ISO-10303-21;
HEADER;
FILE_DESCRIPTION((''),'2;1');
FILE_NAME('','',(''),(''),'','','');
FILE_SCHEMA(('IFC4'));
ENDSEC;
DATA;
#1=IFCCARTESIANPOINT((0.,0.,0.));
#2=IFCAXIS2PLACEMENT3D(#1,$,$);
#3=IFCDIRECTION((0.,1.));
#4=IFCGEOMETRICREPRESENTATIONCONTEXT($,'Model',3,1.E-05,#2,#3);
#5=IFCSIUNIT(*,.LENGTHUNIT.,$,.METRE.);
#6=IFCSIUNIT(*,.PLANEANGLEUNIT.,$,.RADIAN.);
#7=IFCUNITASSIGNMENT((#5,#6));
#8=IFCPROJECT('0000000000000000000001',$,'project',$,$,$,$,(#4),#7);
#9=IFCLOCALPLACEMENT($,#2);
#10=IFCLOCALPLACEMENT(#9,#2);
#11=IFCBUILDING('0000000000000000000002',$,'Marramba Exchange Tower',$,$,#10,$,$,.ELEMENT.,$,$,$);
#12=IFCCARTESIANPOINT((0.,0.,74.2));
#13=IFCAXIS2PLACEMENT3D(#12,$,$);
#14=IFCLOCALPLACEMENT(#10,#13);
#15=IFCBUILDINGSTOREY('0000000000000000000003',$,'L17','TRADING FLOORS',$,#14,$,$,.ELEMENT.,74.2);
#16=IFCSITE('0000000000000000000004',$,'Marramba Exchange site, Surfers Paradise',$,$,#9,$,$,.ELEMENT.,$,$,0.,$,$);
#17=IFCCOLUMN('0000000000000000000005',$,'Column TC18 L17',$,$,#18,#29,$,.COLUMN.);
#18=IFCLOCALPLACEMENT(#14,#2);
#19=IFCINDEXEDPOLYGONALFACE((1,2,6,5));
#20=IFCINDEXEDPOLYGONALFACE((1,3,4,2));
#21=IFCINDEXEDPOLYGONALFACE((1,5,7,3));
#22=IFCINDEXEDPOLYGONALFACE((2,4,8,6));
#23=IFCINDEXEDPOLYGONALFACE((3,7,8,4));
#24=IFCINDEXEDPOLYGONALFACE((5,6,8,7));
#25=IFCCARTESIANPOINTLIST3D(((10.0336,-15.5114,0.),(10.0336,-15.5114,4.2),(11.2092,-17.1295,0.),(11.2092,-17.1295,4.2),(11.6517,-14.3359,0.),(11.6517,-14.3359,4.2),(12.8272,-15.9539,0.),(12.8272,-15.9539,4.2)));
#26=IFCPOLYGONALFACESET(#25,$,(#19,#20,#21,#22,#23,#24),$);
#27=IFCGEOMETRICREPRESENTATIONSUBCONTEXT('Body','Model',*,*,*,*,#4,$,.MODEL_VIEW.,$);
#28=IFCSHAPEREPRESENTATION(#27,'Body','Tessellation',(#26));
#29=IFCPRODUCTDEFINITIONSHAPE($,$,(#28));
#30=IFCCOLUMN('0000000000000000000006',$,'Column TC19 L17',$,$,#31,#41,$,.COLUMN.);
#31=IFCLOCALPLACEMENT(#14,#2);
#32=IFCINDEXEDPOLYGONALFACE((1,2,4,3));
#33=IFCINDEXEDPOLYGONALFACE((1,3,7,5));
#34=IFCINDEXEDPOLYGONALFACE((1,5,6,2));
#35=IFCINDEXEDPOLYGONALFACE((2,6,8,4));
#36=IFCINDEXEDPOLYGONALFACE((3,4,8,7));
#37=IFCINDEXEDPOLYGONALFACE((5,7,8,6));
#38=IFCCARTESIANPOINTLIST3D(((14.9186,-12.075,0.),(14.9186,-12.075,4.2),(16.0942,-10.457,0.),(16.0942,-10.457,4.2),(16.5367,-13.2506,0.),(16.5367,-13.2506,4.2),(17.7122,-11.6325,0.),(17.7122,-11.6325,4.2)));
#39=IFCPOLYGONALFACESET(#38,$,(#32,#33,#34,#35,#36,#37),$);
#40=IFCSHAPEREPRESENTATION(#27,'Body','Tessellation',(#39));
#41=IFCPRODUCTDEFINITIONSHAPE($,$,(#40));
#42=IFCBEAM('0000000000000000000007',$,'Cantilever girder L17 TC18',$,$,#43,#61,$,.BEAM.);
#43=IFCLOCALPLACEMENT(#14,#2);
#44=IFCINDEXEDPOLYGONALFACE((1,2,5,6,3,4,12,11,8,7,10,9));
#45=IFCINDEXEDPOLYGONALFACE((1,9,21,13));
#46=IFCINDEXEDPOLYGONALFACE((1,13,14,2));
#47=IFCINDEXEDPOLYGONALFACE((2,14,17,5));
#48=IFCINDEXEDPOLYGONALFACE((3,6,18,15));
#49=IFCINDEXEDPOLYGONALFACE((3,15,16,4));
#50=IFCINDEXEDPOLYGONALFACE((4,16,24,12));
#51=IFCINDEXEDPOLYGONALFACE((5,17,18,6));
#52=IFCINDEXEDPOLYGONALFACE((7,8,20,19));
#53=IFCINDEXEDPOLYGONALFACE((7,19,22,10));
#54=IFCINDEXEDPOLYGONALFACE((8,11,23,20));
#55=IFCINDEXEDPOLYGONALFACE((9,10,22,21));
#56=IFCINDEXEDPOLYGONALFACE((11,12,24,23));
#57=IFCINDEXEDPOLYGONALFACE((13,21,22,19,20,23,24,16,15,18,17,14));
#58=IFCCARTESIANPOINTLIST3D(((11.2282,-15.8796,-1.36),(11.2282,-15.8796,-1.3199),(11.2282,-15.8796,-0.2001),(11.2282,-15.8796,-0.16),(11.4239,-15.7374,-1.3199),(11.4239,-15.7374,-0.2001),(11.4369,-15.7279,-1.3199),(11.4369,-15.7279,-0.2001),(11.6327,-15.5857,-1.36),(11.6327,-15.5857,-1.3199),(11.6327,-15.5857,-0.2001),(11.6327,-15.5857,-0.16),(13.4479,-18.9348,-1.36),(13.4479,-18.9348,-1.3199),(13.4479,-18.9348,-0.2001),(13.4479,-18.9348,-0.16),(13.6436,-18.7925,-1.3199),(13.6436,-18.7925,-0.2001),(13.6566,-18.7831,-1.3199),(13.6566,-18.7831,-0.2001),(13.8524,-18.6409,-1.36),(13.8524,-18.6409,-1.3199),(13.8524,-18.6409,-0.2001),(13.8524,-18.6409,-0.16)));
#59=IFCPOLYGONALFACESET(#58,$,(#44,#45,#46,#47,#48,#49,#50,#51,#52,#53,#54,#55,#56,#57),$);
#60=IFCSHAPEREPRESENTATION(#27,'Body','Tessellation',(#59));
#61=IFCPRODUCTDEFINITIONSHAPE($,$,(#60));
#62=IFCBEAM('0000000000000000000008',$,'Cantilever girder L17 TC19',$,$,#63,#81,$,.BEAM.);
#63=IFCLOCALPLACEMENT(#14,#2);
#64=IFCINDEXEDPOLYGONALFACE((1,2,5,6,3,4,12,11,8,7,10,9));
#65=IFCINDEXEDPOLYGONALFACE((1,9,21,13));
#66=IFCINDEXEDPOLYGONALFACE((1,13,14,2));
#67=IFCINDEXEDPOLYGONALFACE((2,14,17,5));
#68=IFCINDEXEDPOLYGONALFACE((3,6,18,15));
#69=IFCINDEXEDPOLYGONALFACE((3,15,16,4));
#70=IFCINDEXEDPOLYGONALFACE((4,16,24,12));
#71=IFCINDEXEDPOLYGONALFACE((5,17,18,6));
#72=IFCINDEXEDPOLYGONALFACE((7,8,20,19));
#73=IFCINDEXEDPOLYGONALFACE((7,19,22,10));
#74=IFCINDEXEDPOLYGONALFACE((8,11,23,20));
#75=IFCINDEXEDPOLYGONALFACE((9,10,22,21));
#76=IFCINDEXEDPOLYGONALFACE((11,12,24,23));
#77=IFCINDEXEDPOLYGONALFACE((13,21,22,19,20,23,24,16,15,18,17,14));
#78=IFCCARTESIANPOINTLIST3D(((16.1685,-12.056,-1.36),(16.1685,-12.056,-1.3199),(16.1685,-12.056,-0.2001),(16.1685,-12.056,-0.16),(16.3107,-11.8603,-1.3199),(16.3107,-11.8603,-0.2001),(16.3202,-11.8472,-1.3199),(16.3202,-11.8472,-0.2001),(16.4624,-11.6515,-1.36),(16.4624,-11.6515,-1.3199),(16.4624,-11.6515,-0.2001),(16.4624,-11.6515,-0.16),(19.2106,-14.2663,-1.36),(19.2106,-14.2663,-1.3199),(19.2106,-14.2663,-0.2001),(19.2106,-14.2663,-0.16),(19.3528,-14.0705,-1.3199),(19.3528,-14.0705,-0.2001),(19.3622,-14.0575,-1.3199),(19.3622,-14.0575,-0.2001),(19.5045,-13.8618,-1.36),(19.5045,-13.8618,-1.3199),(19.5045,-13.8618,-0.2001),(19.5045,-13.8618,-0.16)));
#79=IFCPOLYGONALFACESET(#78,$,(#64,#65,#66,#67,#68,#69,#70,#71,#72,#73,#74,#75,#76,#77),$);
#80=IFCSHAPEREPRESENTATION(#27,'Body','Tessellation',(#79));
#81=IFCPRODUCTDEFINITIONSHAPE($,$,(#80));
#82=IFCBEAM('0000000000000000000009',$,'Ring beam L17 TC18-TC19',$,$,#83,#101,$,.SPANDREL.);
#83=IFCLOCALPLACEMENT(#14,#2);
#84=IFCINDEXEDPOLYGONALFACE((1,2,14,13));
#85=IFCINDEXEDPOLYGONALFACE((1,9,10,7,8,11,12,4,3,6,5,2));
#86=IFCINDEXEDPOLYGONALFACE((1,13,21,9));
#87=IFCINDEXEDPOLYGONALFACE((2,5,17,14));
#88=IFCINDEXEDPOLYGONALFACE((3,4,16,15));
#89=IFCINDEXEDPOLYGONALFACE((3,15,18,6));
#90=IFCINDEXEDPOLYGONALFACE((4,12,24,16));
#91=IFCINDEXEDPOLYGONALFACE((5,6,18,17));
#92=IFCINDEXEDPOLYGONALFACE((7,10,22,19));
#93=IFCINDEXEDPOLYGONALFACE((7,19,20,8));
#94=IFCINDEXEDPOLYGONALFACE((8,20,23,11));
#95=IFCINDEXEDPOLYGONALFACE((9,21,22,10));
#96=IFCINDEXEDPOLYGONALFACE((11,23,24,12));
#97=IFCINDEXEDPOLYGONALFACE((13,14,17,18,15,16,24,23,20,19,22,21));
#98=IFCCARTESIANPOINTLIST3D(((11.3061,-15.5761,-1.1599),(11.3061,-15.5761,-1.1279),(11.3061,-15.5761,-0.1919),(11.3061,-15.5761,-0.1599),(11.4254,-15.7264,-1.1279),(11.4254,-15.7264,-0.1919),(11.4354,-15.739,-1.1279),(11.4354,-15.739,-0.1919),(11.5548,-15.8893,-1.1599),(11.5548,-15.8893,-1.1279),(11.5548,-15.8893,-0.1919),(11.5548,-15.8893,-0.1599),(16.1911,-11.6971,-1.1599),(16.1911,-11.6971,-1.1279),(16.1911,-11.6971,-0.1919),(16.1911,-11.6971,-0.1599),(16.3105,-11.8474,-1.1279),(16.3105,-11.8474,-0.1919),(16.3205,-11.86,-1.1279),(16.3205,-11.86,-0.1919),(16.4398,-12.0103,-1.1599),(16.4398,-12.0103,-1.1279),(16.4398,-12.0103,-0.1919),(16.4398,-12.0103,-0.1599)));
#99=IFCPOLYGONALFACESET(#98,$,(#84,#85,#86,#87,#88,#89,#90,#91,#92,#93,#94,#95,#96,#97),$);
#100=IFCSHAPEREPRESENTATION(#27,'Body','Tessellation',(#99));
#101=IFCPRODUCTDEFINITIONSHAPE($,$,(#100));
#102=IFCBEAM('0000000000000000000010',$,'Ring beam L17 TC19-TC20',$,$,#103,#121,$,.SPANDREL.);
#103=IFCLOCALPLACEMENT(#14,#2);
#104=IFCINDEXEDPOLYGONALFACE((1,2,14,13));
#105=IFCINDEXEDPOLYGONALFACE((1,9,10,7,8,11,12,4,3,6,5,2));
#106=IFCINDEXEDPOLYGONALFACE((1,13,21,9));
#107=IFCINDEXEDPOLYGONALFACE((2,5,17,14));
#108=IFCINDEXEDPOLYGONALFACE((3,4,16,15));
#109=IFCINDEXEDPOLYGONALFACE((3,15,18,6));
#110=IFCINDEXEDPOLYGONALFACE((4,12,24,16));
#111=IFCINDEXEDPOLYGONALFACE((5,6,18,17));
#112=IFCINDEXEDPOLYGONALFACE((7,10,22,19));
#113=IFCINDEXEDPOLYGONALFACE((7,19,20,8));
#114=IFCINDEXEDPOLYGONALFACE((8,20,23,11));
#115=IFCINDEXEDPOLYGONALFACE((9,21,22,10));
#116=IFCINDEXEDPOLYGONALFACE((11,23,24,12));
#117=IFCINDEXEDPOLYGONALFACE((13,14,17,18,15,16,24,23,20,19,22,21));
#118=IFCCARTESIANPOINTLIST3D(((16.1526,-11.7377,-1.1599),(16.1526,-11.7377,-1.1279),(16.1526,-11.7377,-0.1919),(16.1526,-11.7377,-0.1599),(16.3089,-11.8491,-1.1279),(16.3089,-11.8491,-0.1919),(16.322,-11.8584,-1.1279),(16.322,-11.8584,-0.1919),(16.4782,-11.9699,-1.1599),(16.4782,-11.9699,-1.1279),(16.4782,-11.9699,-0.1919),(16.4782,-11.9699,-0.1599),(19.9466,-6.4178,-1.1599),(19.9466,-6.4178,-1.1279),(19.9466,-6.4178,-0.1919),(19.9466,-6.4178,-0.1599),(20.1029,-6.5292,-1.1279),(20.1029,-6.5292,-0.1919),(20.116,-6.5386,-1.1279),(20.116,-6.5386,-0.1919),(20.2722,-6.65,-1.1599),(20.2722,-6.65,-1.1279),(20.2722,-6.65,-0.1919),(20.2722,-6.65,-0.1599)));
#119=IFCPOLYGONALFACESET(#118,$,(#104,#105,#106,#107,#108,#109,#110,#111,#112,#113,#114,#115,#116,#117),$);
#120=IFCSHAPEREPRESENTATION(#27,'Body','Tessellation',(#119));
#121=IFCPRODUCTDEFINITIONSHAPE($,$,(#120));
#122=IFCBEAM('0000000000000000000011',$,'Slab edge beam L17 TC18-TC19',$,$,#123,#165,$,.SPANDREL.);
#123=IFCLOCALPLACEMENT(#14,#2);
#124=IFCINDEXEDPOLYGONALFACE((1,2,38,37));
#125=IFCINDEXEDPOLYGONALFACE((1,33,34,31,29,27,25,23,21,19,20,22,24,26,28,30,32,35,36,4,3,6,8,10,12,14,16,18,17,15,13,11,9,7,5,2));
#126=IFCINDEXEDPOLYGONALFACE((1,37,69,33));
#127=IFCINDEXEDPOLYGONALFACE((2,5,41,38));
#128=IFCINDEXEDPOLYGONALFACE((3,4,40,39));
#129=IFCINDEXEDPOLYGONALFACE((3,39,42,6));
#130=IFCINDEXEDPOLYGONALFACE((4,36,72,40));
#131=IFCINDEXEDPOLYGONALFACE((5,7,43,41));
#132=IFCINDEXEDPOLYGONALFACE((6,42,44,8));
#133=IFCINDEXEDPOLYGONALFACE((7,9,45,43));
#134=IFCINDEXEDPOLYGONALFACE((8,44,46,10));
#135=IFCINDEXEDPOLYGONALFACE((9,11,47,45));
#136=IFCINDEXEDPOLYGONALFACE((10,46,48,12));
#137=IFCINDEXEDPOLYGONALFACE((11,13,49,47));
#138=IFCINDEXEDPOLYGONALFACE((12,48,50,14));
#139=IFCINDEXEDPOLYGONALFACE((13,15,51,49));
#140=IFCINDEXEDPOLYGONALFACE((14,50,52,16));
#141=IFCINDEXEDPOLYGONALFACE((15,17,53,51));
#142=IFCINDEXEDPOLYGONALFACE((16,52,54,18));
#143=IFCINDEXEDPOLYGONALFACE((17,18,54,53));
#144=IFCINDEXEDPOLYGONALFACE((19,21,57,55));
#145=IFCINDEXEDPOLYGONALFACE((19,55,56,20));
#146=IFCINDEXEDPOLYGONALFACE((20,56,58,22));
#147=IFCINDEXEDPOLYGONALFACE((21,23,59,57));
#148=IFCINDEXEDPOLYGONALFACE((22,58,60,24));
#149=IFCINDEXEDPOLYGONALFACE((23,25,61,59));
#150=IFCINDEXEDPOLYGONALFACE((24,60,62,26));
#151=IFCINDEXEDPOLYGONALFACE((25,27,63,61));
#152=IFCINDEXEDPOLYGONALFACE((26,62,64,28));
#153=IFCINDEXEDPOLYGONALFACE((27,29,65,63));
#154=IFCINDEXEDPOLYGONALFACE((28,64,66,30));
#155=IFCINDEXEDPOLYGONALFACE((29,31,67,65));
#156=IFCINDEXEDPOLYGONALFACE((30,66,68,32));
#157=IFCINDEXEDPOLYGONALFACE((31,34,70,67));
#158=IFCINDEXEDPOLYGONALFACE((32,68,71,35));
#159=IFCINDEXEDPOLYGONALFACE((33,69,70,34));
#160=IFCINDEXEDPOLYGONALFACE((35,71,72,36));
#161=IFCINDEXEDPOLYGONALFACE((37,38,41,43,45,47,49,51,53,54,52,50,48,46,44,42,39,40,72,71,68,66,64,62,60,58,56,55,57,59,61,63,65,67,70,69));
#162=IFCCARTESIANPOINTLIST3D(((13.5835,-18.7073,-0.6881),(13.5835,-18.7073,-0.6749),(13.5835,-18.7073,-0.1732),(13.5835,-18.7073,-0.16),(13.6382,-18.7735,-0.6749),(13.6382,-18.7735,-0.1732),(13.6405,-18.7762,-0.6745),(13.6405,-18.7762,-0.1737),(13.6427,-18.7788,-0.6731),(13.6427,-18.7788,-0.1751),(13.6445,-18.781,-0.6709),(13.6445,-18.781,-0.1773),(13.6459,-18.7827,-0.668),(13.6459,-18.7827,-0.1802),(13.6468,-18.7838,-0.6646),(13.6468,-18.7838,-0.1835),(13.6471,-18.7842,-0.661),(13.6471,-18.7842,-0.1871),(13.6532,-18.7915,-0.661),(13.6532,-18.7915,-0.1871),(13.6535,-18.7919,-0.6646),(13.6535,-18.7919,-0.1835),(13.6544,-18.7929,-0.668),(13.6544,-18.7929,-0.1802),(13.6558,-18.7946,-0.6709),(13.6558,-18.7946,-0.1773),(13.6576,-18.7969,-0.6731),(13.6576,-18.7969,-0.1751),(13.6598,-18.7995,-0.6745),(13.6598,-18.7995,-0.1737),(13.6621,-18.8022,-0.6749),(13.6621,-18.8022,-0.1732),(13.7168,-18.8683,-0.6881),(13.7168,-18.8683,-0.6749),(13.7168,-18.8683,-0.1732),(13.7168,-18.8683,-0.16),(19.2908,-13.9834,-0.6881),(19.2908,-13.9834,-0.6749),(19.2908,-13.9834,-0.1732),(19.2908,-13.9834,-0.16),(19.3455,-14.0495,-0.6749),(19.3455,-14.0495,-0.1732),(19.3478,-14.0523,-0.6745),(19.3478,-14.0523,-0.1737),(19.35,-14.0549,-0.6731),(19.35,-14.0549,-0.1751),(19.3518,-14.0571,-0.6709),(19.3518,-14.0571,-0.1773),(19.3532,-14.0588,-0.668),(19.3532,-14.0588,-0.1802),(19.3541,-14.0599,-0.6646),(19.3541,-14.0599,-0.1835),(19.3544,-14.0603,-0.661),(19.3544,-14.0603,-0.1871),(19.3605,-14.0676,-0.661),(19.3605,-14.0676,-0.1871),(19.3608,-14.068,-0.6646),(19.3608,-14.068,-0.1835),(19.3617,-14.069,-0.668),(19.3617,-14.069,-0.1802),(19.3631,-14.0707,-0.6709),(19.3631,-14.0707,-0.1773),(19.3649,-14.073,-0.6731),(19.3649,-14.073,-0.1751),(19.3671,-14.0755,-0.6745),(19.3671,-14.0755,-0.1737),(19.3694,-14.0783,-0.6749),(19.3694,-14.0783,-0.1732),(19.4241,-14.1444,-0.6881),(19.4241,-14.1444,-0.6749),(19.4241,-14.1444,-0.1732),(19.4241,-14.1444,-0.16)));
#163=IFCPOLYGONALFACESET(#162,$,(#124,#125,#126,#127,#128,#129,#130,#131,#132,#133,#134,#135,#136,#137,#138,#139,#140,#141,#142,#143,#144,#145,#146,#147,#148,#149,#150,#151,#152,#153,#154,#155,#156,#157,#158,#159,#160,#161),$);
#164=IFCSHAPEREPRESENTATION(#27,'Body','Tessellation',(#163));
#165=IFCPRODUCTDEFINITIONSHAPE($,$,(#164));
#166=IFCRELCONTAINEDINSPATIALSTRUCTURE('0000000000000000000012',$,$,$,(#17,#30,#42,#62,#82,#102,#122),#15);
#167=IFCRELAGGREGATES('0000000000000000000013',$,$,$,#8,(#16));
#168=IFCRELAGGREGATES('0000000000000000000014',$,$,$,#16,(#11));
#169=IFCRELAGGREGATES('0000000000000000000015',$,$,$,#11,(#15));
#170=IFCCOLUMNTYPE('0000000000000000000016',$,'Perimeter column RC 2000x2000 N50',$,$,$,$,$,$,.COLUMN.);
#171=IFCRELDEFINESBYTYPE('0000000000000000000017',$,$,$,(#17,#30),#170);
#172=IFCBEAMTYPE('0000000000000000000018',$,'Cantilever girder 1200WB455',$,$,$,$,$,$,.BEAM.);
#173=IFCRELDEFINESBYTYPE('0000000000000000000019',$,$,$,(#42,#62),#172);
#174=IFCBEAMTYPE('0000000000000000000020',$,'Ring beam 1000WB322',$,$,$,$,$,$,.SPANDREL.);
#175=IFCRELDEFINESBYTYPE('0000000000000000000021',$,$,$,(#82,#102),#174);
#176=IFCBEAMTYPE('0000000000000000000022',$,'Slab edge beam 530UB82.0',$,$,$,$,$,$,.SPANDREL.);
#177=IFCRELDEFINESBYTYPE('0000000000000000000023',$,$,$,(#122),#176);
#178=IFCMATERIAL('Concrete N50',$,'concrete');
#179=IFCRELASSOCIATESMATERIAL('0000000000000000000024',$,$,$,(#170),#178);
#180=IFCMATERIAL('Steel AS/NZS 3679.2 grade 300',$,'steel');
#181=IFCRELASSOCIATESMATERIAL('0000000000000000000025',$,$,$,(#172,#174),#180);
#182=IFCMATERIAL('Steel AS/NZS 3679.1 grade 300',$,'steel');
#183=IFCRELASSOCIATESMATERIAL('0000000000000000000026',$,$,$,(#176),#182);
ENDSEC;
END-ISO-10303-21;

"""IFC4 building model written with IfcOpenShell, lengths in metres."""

from ifc_helpers import new_model, si_unit, direction, frame, origin, origin_2d, place, context, subcontext, project, spatial, rectangle, i_section, extrude, material, material_profile, profile_set, type_object, element, save


model = new_model("IFC4")

# Units and contexts
model_context = context("Model", 3, precision=1e-05, world=origin(), true_north=direction((0.0, 1.0)))
body_context = subcontext(model_context, "Body", "Model", "MODEL_VIEW")
ifc_project = project(units=[si_unit("LENGTHUNIT", "METRE"), si_unit("PLANEANGLEUNIT", "RADIAN")], contexts=[model_context])

# Site, building, storey
site_placement = place(None, origin())
site = spatial("IfcSite", under=ifc_project, at=site_placement, Name="Marramba Exchange site, Surfers Paradise", CompositionType="ELEMENT", RefElevation=0.0)
building_placement = place(site_placement, origin())
building = spatial("IfcBuilding", under=site, at=building_placement, Name="Marramba Exchange Tower", CompositionType="ELEMENT")
storey_placement = place(building_placement, frame((0.0, 0.0, 74.2)))
storey = spatial("IfcBuildingStorey", under=building, at=storey_placement, Name="L17", Description="TRADING FLOORS", CompositionType="ELEMENT", Elevation=74.2)

# Columns
ifc_material_1 = material(Name="Concrete N50", Category="concrete")
ifc_material_profile_1 = material_profile(ifc_material_1, rectangle(XDim=2.0, YDim=2.0, at=origin_2d()), Name="RC 2000x2000")
ifc_profile_set_1 = profile_set([ifc_material_profile_1], Name="Concrete N50")
column_type = type_object("IfcColumnType", Name="Perimeter column RC 2000x2000 N50", PredefinedType="COLUMN", material=ifc_profile_set_1)
for number, where, z_axis, x_axis, name in (
    (1, (11.4304, -15.7327, 0.0), (0.0, 0.0, 1.0), (0.587785, -0.809017, 0.0), "Column TC18 L17"),
    (2, (16.3154, -11.8538, 0.0), (0.0, 0.0, 1.0), (0.809017, -0.587785, 0.0), "Column TC19 L17"),
):
    element("IfcColumn", number, at=place(storey_placement, frame(where, z_axis=z_axis, x_axis=x_axis)), inside=storey, type_object=column_type, Name=name, PredefinedType="COLUMN", context=body_context, shape_type="SweptSolid", body=[
        extrude(rectangle(XDim=2.0, YDim=2.0, at=origin_2d()), origin(), (0.0, 0.0, 1.0), 4.2),
    ])

# Beams
ifc_material_2 = material(Name="Steel AS/NZS 3679.2 grade 300", Category="steel")
ifc_material_profile_2 = material_profile(ifc_material_2, i_section(OverallWidth=0.5, OverallDepth=1.2, WebThickness=0.0161, FlangeThickness=0.04, at=origin_2d()), Name="1200WB455")
ifc_profile_set_2 = profile_set([ifc_material_profile_2], Name="Steel AS/NZS 3679.2 grade 300")
beam_type_1 = type_object("IfcBeamType", Name="Cantilever girder 1200WB455", PredefinedType="BEAM", material=ifc_profile_set_2)
beam_1_placement = place(storey_placement, frame((11.4304, -15.7327, -0.76), z_axis=(0.587787, -0.809016, 0.0), x_axis=(0.809016, 0.587787, 0.0)))
element("IfcBeam", 3, at=beam_1_placement, inside=storey, type_object=beam_type_1, Name="Cantilever girder L17 TC18", PredefinedType="BEAM", context=body_context, shape_type="SweptSolid", body=[
    extrude(i_section(OverallWidth=0.5, OverallDepth=1.2, WebThickness=0.0161, FlangeThickness=0.04, at=origin_2d()), origin(), (0.0, 0.0, 1.0), 3.7764),
])
beam_2_placement = place(storey_placement, frame((16.3154, -11.8538, -0.76), z_axis=(0.809008, -0.587797, 0.0), x_axis=(0.587797, 0.809008, 0.0)))
element("IfcBeam", 4, at=beam_2_placement, inside=storey, type_object=beam_type_1, Name="Cantilever girder L17 TC19", PredefinedType="BEAM", context=body_context, shape_type="SweptSolid", body=[
    extrude(i_section(OverallWidth=0.5, OverallDepth=1.2, WebThickness=0.0161, FlangeThickness=0.04, at=origin_2d()), origin(), (0.0, 0.0, 1.0), 3.7603),
])
ifc_material_profile_3 = material_profile(ifc_material_2, i_section(OverallWidth=0.3999, OverallDepth=1.0, WebThickness=0.0161, FlangeThickness=0.032, at=origin_2d()), Name="1000WB322")
ifc_profile_set_3 = profile_set([ifc_material_profile_3], Name="Steel AS/NZS 3679.2 grade 300")
beam_type_2 = type_object("IfcBeamType", Name="Ring beam 1000WB322", PredefinedType="SPANDREL", material=ifc_profile_set_3)
beam_3_placement = place(storey_placement, frame((11.4304, -15.7327, -0.6599), z_axis=(0.783139, 0.621846, 0.0), x_axis=(-0.621846, 0.783139, 0.0)))
element("IfcBeam", 5, at=beam_3_placement, inside=storey, type_object=beam_type_2, Name="Ring beam L17 TC18-TC19", PredefinedType="SPANDREL", context=body_context, shape_type="SweptSolid", body=[
    extrude(i_section(OverallWidth=0.3999, OverallDepth=1.0, WebThickness=0.0161, FlangeThickness=0.032, at=origin_2d()), origin(), (0.0, 0.0, 1.0), 6.2378),
])
beam_4_placement = place(storey_placement, frame((16.3154, -11.8538, -0.6599), z_axis=(0.580637, 0.814162, 0.0), x_axis=(-0.814162, 0.580637, 0.0)))
element("IfcBeam", 6, at=beam_4_placement, inside=storey, type_object=beam_type_2, Name="Ring beam L17 TC19-TC20", PredefinedType="SPANDREL", context=body_context, shape_type="SweptSolid", body=[
    extrude(i_section(OverallWidth=0.3999, OverallDepth=1.0, WebThickness=0.0161, FlangeThickness=0.032, at=origin_2d()), origin(), (0.0, 0.0, 1.0), 6.5342),
])
ifc_material_3 = material(Name="Steel AS/NZS 3679.1 grade 300", Category="steel")
ifc_material_profile_4 = material_profile(ifc_material_3, i_section(OverallWidth=0.209, OverallDepth=0.5281, WebThickness=0.0095, FlangeThickness=0.0132, FilletRadius=0.0139, at=origin_2d()), Name="530UB82.0")
ifc_profile_set_4 = profile_set([ifc_material_profile_4], Name="Steel AS/NZS 3679.1 grade 300")
beam_type_3 = type_object("IfcBeamType", Name="Slab edge beam 530UB82.0", PredefinedType="SPANDREL", material=ifc_profile_set_4)
beam_5_placement = place(storey_placement, frame((13.6501, -18.7878, -0.4241), z_axis=(0.770354, 0.637617, 0.0), x_axis=(-0.637617, 0.770354, 0.0)))
element("IfcBeam", 7, at=beam_5_placement, inside=storey, type_object=beam_type_3, Name="Slab edge beam L17 TC18-TC19", PredefinedType="SPANDREL", context=body_context, shape_type="SweptSolid", body=[
    extrude(i_section(OverallWidth=0.209, OverallDepth=0.5281, WebThickness=0.0095, FlangeThickness=0.0132, FilletRadius=0.0139, at=origin_2d()), origin(), (0.0, 0.0, 1.0), 7.4087),
])

save(model, "model.ifc")
